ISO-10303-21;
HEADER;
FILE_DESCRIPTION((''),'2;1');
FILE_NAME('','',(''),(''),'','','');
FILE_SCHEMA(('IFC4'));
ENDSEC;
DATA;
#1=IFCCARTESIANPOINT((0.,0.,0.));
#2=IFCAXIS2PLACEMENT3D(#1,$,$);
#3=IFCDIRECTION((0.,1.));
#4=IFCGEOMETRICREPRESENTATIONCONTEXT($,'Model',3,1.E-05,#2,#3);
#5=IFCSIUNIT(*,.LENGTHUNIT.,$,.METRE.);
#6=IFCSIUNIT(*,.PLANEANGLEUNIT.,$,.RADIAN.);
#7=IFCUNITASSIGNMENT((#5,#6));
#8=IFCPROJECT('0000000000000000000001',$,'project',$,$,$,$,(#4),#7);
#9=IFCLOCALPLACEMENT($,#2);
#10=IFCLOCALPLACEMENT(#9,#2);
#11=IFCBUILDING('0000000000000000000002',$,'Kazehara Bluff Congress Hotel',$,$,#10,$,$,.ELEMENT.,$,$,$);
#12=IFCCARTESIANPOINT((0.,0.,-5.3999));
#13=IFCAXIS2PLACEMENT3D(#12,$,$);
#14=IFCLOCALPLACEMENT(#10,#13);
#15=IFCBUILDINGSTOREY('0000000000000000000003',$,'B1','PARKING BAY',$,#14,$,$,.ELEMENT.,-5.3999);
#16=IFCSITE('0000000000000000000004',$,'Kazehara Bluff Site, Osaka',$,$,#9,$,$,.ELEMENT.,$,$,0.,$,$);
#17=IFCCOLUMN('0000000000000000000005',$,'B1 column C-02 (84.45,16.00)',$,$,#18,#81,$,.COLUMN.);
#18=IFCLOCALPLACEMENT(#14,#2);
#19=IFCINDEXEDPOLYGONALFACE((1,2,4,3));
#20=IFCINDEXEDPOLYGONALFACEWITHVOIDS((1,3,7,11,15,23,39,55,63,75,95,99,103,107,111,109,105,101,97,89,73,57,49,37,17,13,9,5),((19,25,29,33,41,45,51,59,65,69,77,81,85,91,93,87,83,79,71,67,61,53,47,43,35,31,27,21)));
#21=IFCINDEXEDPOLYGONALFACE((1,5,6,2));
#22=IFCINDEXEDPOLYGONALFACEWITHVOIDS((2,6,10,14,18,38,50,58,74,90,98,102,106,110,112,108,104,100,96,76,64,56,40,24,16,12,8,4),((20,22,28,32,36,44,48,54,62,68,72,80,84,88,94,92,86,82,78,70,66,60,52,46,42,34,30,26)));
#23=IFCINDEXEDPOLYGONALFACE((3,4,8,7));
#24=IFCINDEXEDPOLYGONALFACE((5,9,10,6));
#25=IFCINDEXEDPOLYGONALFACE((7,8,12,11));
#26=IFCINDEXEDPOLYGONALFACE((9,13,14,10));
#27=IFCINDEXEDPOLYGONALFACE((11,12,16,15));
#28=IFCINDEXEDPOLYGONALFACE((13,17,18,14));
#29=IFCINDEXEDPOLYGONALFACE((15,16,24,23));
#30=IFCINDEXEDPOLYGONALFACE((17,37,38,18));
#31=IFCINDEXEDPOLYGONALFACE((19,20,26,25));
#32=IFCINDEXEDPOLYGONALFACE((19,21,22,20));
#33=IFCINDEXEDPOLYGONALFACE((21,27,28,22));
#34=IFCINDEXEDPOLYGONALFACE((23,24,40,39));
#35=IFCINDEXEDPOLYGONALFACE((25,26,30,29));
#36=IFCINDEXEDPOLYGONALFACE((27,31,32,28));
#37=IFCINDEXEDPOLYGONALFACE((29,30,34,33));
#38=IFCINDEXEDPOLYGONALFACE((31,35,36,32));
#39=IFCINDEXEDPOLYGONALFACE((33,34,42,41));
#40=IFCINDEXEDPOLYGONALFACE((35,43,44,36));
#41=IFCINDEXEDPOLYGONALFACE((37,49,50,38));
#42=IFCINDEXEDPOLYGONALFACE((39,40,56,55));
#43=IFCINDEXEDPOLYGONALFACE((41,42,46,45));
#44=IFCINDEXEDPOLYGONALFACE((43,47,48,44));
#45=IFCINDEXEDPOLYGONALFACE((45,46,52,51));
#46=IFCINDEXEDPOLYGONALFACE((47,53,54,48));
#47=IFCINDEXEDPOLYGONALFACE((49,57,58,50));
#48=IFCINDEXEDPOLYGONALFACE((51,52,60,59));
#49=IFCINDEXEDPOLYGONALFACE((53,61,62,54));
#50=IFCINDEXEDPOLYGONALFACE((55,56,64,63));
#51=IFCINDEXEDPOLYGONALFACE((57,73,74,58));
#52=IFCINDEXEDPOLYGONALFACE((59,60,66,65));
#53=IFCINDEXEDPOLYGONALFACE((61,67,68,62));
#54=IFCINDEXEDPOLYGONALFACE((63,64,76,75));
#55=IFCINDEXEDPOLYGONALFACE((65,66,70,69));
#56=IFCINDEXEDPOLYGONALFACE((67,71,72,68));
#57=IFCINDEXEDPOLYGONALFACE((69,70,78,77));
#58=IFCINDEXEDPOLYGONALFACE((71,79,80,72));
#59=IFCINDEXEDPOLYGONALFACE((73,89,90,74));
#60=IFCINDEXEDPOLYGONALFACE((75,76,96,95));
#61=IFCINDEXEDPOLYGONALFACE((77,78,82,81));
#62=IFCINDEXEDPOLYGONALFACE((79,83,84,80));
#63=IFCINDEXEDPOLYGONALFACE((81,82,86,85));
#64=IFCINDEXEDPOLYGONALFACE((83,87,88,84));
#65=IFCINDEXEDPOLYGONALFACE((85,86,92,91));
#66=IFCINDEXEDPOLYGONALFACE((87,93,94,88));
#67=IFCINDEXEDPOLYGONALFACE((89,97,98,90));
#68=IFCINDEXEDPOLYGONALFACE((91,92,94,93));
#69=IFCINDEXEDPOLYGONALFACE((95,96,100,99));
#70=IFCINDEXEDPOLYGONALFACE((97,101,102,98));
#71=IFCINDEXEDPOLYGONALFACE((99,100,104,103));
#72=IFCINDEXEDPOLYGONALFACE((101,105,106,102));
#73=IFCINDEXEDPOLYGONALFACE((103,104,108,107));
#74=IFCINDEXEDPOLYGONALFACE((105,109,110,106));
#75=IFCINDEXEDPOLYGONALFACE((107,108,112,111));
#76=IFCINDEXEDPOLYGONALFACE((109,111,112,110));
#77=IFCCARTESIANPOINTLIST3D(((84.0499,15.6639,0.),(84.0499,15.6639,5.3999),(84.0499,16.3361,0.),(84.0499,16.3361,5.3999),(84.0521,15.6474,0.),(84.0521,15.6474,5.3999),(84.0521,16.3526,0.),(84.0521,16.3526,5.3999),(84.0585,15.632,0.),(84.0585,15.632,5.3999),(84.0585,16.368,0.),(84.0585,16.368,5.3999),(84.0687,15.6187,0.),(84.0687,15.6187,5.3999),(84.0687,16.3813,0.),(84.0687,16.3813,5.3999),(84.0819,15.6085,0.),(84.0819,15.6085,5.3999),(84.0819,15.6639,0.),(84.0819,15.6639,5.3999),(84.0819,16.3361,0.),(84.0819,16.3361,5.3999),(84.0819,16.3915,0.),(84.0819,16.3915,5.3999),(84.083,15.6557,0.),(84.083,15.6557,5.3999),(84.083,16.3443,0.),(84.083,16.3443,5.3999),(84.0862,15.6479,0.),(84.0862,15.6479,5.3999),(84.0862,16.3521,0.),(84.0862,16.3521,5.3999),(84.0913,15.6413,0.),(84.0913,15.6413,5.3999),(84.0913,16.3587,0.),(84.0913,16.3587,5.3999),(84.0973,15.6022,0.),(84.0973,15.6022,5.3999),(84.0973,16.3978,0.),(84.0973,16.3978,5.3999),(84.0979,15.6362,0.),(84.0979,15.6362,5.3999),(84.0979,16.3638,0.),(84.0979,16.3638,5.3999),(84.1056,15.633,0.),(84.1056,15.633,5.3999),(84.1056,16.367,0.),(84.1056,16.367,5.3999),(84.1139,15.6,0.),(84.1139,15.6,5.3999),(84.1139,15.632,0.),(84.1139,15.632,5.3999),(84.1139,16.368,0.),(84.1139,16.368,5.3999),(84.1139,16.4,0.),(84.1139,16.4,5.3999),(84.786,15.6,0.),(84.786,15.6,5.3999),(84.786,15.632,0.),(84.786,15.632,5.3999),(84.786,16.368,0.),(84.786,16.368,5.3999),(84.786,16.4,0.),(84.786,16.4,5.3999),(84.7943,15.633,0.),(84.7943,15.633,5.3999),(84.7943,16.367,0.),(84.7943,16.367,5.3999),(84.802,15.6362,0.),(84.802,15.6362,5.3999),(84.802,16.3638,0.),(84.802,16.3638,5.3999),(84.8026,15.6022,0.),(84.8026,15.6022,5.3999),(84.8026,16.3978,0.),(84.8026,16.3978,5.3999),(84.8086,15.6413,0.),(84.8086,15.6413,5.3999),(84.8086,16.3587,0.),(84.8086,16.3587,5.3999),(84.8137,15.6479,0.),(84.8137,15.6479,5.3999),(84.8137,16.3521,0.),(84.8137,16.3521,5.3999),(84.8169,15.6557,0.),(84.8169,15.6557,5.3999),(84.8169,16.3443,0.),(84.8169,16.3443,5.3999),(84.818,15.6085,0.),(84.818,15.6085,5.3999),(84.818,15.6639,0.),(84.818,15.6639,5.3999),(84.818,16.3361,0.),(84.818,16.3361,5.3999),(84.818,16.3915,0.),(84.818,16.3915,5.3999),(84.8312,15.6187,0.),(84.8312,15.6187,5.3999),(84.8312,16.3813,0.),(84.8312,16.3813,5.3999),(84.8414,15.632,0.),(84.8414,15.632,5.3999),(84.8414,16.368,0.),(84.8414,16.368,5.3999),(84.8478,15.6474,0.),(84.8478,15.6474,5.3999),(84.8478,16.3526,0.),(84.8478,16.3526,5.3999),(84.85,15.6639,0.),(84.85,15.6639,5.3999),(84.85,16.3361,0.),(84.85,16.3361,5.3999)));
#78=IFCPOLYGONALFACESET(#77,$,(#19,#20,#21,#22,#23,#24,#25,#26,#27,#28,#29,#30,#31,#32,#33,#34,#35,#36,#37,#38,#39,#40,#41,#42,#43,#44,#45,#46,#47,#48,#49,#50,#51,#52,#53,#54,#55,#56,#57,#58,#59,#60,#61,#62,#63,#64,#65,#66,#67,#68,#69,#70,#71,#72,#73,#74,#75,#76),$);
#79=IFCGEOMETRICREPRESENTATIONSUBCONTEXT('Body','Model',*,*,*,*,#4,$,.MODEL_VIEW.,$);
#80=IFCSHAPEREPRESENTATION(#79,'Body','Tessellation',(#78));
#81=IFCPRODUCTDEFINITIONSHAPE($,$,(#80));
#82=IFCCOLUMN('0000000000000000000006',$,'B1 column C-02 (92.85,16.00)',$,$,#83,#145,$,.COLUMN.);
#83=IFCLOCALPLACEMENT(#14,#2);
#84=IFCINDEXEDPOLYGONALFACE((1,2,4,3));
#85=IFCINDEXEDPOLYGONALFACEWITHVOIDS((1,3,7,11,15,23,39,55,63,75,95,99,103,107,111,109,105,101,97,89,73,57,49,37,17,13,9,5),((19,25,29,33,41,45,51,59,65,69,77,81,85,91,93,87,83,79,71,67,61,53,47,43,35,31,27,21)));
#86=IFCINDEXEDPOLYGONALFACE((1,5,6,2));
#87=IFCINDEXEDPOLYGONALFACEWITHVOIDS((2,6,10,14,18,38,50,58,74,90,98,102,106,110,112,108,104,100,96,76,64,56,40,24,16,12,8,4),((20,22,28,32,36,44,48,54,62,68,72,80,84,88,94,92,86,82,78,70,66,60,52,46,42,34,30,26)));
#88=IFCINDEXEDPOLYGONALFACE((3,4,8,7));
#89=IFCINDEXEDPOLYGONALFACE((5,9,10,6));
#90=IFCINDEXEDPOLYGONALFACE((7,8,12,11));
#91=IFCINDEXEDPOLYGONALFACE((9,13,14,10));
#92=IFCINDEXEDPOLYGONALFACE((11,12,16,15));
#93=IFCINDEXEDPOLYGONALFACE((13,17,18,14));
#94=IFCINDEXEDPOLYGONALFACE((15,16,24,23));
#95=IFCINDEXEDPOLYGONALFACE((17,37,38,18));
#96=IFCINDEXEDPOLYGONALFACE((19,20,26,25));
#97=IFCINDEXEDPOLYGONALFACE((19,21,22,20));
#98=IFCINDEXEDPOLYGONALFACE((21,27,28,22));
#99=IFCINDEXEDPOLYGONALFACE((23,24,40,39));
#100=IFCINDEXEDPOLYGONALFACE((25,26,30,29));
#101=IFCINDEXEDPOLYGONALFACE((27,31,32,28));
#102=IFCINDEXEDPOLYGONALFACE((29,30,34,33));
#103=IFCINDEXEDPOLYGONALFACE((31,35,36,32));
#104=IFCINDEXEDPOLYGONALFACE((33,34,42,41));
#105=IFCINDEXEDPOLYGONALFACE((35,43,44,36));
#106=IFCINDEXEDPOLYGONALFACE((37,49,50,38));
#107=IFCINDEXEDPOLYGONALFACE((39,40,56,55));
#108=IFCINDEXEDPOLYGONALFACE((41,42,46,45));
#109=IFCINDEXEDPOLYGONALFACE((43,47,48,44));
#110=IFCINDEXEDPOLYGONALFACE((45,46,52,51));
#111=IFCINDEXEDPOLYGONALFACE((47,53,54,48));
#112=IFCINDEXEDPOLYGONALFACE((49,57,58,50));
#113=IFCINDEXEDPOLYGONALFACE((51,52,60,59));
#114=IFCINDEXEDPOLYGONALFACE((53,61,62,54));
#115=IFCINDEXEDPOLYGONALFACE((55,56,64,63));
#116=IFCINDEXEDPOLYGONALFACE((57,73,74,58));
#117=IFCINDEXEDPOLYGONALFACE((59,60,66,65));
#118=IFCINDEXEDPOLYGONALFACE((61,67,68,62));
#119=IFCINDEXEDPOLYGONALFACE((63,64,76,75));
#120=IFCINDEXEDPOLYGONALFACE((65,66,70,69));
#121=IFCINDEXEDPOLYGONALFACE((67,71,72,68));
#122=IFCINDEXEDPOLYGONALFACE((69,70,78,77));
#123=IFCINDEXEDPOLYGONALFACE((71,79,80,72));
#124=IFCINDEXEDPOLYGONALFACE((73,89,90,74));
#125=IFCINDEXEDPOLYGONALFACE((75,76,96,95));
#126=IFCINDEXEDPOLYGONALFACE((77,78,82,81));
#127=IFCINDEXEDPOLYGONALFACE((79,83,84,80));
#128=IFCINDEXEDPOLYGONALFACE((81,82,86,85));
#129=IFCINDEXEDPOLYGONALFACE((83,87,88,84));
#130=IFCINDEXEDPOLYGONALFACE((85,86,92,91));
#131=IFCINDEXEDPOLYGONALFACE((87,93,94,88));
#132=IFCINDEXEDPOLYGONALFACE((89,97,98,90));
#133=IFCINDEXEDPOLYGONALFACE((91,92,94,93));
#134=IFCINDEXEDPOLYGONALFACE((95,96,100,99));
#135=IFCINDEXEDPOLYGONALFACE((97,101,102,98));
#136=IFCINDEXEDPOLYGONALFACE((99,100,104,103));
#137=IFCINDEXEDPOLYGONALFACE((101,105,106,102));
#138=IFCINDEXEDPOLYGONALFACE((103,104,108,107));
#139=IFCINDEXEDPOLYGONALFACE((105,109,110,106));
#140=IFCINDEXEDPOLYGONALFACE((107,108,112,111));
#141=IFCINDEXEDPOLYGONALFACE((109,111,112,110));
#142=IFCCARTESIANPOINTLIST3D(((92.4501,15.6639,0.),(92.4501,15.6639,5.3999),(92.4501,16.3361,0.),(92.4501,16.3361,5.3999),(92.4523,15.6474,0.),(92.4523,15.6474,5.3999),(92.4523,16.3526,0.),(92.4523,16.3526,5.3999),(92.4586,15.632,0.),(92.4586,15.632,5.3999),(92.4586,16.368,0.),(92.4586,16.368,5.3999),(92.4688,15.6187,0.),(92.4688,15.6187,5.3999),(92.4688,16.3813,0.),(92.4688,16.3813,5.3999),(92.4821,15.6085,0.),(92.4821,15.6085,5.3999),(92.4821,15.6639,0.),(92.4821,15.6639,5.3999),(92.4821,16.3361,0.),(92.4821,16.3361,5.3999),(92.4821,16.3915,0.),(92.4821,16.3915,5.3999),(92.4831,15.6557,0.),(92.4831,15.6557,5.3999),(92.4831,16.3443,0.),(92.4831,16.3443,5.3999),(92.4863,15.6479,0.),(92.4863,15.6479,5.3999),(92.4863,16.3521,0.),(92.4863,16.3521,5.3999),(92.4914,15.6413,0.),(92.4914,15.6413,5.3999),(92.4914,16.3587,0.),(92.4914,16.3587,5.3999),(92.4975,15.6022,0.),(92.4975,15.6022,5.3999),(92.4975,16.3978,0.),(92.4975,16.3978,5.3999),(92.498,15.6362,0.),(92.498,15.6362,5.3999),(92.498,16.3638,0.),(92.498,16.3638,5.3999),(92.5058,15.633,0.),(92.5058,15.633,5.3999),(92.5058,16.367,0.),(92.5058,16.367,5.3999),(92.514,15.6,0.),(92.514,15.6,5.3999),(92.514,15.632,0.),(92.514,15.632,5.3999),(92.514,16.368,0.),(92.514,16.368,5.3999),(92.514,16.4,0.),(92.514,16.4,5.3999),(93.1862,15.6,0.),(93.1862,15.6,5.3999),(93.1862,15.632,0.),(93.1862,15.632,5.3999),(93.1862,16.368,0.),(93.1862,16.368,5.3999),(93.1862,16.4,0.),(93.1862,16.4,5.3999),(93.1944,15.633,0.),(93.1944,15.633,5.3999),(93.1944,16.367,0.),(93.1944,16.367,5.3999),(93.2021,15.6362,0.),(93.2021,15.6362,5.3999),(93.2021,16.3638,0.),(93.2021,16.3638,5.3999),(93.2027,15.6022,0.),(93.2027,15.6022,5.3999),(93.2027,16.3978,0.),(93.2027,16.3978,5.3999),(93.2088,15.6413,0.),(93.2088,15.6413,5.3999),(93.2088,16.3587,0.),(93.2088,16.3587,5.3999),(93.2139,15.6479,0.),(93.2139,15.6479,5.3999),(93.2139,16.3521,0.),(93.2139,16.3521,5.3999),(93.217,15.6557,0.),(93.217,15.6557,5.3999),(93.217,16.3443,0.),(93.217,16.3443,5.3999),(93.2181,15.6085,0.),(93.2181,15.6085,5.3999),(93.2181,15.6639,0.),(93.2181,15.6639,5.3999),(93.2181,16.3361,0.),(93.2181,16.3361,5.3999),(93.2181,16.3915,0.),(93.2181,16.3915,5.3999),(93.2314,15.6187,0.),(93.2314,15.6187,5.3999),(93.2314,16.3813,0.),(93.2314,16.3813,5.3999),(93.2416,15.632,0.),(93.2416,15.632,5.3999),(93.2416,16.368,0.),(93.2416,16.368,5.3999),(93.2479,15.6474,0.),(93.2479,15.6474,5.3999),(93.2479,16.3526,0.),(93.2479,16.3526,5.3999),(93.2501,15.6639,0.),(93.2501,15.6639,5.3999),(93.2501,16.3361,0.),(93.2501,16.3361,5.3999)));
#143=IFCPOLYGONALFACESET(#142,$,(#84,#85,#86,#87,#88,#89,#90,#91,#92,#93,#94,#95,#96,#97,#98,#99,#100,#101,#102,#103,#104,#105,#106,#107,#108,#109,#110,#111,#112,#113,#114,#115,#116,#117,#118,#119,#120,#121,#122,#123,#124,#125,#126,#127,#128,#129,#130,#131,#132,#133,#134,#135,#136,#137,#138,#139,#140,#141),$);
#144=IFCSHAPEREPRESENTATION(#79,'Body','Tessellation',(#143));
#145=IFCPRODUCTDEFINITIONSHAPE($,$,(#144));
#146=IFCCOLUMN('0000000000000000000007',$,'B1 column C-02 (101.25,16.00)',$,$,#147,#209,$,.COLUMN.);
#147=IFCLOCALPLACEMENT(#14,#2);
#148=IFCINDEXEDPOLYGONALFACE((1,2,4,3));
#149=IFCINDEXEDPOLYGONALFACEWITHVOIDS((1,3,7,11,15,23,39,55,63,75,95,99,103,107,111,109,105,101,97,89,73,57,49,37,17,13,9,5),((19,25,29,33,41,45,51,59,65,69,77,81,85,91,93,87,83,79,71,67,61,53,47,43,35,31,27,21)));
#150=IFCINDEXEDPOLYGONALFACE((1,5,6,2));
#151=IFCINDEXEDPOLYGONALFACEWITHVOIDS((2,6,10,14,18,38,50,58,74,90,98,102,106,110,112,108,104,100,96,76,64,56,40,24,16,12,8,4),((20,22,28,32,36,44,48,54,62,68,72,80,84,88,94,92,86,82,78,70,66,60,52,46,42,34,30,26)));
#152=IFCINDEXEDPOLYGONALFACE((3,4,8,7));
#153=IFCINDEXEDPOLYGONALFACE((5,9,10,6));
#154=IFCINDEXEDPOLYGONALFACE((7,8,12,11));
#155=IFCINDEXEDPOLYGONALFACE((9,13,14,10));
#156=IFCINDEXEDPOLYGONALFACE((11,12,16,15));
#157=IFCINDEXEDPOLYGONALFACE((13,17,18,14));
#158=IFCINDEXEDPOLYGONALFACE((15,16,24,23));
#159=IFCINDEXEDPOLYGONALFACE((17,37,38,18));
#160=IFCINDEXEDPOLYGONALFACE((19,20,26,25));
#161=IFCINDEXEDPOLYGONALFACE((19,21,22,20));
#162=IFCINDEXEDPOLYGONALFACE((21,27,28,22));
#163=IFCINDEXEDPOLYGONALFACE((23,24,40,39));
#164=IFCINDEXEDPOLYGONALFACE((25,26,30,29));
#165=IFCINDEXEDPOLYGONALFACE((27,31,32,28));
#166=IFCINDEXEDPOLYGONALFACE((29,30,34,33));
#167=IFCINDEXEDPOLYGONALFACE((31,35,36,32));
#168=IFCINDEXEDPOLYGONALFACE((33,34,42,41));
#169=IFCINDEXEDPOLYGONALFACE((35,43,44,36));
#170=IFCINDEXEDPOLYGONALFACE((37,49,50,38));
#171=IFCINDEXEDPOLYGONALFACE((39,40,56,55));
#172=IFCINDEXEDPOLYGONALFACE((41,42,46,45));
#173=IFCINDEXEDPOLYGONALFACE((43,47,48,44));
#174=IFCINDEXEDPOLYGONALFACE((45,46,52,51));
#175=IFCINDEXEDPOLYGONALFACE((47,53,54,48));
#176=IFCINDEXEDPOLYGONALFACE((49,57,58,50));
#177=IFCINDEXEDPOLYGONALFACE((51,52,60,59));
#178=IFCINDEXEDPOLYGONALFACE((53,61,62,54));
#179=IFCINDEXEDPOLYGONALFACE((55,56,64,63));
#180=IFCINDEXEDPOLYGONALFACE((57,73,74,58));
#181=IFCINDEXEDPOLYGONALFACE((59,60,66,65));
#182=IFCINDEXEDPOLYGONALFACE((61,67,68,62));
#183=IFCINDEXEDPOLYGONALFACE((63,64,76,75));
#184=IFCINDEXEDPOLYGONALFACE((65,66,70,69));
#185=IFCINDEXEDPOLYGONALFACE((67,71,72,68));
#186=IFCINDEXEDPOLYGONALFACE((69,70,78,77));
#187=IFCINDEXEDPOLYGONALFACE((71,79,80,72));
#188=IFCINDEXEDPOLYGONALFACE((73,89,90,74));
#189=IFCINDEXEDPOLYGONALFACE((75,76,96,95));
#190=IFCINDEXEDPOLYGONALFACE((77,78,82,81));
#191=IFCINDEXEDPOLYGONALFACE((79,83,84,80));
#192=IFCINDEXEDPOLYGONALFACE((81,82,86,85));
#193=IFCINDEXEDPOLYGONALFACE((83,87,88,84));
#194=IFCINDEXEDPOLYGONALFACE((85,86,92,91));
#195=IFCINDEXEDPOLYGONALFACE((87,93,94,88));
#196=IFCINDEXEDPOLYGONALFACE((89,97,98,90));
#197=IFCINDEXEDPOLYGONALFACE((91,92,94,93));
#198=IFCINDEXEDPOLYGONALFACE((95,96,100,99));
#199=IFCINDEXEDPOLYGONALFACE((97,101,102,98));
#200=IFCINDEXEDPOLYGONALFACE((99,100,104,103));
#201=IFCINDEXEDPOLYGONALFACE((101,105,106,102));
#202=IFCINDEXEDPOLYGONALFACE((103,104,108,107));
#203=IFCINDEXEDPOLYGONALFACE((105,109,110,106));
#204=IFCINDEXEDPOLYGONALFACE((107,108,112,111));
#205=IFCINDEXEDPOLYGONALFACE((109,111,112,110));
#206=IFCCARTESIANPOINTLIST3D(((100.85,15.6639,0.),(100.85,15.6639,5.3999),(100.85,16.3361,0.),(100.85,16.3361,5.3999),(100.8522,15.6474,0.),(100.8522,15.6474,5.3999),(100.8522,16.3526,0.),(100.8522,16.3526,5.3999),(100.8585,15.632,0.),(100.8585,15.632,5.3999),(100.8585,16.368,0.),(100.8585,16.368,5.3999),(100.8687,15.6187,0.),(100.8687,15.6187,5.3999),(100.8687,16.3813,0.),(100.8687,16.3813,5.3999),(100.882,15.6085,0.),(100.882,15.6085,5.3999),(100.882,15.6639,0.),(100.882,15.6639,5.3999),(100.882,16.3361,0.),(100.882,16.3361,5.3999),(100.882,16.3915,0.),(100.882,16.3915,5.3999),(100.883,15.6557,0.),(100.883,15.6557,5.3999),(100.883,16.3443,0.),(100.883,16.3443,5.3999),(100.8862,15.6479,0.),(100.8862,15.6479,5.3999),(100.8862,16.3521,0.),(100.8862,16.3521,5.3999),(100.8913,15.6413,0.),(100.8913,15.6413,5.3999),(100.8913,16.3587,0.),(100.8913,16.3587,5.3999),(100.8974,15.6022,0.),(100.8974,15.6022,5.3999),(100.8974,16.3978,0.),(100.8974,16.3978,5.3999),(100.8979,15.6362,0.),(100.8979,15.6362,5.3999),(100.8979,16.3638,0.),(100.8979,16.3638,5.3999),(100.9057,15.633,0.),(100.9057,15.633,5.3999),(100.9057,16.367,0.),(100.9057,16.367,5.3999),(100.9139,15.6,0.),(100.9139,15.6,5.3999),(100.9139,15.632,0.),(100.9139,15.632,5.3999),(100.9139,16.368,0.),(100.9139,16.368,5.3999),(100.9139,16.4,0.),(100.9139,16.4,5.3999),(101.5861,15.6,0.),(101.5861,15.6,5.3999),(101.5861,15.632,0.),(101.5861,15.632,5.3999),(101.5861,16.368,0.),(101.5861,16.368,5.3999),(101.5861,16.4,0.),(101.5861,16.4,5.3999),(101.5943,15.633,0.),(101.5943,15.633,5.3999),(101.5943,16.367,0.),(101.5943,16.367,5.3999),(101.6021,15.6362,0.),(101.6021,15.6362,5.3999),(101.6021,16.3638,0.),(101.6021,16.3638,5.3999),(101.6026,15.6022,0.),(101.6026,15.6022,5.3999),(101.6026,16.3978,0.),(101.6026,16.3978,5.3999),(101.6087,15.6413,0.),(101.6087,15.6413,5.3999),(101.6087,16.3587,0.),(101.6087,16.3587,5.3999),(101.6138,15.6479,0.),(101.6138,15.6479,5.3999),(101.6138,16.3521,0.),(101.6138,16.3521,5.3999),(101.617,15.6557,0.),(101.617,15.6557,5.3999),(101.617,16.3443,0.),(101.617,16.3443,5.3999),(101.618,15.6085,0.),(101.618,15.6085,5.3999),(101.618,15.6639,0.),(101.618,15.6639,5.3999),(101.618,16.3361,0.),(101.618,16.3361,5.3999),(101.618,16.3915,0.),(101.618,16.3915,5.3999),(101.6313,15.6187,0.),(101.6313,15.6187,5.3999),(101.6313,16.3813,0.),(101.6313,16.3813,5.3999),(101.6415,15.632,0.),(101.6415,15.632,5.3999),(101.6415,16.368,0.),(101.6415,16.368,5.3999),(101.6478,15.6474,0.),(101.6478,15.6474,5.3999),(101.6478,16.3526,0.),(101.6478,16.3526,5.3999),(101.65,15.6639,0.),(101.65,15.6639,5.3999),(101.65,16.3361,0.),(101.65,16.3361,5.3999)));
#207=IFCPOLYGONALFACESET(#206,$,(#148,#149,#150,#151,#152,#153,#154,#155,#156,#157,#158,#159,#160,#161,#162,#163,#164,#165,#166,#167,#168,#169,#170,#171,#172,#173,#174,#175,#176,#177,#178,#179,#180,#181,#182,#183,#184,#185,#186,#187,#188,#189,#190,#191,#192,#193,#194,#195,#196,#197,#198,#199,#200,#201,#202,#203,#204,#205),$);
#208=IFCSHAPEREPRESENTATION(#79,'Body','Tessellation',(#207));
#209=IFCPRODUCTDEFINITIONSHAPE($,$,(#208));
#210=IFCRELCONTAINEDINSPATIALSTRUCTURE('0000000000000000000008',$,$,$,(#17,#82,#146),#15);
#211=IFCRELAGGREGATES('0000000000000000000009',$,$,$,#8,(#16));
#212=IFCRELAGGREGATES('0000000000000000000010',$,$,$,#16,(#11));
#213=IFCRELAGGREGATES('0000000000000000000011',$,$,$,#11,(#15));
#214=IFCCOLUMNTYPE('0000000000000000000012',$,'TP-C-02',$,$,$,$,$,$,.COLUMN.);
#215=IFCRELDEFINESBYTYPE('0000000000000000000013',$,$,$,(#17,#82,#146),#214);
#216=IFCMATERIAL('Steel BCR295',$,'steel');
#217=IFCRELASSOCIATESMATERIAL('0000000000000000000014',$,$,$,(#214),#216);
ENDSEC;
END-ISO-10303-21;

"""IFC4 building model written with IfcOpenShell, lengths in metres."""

from ifc_helpers import new_model, si_unit, direction, frame, origin, origin_2d, place, context, subcontext, project, spatial, hollow_rectangle, extrude, material, material_profile, profile_set, type_object, element, save


model = new_model("IFC4")

# Units and contexts
model_context = context("Model", 3, precision=1e-05, world=origin(), true_north=direction((0.0, 1.0)))
body_context = subcontext(model_context, "Body", "Model", "MODEL_VIEW")
ifc_project = project(units=[si_unit("LENGTHUNIT", "METRE"), si_unit("PLANEANGLEUNIT", "RADIAN")], contexts=[model_context])

# Site, building, storey
site_placement = place(None, origin())
site = spatial("IfcSite", under=ifc_project, at=site_placement, Name="Kazehara Bluff Site, Osaka", CompositionType="ELEMENT", RefElevation=0.0)
building_placement = place(site_placement, origin())
building = spatial("IfcBuilding", under=site, at=building_placement, Name="Kazehara Bluff Congress Hotel", CompositionType="ELEMENT")
storey_placement = place(building_placement, frame((0.0, 0.0, -5.3999)))
storey = spatial("IfcBuildingStorey", under=building, at=storey_placement, Name="B1", Description="PARKING BAY", CompositionType="ELEMENT", Elevation=-5.3999)

# Columns
ifc_material_1 = material(Name="Steel BCR295", Category="steel")
ifc_material_profile_1 = material_profile(ifc_material_1, hollow_rectangle(XDim=0.8, YDim=0.8, WallThickness=0.032, InnerFilletRadius=0.032, OuterFilletRadius=0.064, at=origin_2d()))
ifc_profile_set_1 = profile_set([ifc_material_profile_1], Name="Steel BCR295")
column_type = type_object("IfcColumnType", Name="TP-C-02", PredefinedType="COLUMN", material=ifc_profile_set_1)
for number, where, z_axis, x_axis, name in (
    (1, (84.45, 16.0, 0.0), (0.0, 0.0, 1.0), (1.0, 0.0, 0.0), "B1 column C-02 (84.45,16.00)"),
    (2, (92.8501, 16.0, 0.0), (0.0, 0.0, 1.0), (1.0, 0.0, 0.0), "B1 column C-02 (92.85,16.00)"),
    (3, (101.25, 16.0, 0.0), (0.0, 0.0, 1.0), (1.0, 0.0, 0.0), "B1 column C-02 (101.25,16.00)"),
):
    element("IfcColumn", number, at=place(storey_placement, frame(where, z_axis=z_axis, x_axis=x_axis)), inside=storey, type_object=column_type, Name=name, PredefinedType="COLUMN", context=body_context, shape_type="SweptSolid", body=[
        extrude(hollow_rectangle(XDim=0.8, YDim=0.8, WallThickness=0.032, InnerFilletRadius=0.032, OuterFilletRadius=0.064, at=origin_2d()), origin(), (0.0, 0.0, 1.0), 5.3999),
    ])

save(model, "model.ifc")
